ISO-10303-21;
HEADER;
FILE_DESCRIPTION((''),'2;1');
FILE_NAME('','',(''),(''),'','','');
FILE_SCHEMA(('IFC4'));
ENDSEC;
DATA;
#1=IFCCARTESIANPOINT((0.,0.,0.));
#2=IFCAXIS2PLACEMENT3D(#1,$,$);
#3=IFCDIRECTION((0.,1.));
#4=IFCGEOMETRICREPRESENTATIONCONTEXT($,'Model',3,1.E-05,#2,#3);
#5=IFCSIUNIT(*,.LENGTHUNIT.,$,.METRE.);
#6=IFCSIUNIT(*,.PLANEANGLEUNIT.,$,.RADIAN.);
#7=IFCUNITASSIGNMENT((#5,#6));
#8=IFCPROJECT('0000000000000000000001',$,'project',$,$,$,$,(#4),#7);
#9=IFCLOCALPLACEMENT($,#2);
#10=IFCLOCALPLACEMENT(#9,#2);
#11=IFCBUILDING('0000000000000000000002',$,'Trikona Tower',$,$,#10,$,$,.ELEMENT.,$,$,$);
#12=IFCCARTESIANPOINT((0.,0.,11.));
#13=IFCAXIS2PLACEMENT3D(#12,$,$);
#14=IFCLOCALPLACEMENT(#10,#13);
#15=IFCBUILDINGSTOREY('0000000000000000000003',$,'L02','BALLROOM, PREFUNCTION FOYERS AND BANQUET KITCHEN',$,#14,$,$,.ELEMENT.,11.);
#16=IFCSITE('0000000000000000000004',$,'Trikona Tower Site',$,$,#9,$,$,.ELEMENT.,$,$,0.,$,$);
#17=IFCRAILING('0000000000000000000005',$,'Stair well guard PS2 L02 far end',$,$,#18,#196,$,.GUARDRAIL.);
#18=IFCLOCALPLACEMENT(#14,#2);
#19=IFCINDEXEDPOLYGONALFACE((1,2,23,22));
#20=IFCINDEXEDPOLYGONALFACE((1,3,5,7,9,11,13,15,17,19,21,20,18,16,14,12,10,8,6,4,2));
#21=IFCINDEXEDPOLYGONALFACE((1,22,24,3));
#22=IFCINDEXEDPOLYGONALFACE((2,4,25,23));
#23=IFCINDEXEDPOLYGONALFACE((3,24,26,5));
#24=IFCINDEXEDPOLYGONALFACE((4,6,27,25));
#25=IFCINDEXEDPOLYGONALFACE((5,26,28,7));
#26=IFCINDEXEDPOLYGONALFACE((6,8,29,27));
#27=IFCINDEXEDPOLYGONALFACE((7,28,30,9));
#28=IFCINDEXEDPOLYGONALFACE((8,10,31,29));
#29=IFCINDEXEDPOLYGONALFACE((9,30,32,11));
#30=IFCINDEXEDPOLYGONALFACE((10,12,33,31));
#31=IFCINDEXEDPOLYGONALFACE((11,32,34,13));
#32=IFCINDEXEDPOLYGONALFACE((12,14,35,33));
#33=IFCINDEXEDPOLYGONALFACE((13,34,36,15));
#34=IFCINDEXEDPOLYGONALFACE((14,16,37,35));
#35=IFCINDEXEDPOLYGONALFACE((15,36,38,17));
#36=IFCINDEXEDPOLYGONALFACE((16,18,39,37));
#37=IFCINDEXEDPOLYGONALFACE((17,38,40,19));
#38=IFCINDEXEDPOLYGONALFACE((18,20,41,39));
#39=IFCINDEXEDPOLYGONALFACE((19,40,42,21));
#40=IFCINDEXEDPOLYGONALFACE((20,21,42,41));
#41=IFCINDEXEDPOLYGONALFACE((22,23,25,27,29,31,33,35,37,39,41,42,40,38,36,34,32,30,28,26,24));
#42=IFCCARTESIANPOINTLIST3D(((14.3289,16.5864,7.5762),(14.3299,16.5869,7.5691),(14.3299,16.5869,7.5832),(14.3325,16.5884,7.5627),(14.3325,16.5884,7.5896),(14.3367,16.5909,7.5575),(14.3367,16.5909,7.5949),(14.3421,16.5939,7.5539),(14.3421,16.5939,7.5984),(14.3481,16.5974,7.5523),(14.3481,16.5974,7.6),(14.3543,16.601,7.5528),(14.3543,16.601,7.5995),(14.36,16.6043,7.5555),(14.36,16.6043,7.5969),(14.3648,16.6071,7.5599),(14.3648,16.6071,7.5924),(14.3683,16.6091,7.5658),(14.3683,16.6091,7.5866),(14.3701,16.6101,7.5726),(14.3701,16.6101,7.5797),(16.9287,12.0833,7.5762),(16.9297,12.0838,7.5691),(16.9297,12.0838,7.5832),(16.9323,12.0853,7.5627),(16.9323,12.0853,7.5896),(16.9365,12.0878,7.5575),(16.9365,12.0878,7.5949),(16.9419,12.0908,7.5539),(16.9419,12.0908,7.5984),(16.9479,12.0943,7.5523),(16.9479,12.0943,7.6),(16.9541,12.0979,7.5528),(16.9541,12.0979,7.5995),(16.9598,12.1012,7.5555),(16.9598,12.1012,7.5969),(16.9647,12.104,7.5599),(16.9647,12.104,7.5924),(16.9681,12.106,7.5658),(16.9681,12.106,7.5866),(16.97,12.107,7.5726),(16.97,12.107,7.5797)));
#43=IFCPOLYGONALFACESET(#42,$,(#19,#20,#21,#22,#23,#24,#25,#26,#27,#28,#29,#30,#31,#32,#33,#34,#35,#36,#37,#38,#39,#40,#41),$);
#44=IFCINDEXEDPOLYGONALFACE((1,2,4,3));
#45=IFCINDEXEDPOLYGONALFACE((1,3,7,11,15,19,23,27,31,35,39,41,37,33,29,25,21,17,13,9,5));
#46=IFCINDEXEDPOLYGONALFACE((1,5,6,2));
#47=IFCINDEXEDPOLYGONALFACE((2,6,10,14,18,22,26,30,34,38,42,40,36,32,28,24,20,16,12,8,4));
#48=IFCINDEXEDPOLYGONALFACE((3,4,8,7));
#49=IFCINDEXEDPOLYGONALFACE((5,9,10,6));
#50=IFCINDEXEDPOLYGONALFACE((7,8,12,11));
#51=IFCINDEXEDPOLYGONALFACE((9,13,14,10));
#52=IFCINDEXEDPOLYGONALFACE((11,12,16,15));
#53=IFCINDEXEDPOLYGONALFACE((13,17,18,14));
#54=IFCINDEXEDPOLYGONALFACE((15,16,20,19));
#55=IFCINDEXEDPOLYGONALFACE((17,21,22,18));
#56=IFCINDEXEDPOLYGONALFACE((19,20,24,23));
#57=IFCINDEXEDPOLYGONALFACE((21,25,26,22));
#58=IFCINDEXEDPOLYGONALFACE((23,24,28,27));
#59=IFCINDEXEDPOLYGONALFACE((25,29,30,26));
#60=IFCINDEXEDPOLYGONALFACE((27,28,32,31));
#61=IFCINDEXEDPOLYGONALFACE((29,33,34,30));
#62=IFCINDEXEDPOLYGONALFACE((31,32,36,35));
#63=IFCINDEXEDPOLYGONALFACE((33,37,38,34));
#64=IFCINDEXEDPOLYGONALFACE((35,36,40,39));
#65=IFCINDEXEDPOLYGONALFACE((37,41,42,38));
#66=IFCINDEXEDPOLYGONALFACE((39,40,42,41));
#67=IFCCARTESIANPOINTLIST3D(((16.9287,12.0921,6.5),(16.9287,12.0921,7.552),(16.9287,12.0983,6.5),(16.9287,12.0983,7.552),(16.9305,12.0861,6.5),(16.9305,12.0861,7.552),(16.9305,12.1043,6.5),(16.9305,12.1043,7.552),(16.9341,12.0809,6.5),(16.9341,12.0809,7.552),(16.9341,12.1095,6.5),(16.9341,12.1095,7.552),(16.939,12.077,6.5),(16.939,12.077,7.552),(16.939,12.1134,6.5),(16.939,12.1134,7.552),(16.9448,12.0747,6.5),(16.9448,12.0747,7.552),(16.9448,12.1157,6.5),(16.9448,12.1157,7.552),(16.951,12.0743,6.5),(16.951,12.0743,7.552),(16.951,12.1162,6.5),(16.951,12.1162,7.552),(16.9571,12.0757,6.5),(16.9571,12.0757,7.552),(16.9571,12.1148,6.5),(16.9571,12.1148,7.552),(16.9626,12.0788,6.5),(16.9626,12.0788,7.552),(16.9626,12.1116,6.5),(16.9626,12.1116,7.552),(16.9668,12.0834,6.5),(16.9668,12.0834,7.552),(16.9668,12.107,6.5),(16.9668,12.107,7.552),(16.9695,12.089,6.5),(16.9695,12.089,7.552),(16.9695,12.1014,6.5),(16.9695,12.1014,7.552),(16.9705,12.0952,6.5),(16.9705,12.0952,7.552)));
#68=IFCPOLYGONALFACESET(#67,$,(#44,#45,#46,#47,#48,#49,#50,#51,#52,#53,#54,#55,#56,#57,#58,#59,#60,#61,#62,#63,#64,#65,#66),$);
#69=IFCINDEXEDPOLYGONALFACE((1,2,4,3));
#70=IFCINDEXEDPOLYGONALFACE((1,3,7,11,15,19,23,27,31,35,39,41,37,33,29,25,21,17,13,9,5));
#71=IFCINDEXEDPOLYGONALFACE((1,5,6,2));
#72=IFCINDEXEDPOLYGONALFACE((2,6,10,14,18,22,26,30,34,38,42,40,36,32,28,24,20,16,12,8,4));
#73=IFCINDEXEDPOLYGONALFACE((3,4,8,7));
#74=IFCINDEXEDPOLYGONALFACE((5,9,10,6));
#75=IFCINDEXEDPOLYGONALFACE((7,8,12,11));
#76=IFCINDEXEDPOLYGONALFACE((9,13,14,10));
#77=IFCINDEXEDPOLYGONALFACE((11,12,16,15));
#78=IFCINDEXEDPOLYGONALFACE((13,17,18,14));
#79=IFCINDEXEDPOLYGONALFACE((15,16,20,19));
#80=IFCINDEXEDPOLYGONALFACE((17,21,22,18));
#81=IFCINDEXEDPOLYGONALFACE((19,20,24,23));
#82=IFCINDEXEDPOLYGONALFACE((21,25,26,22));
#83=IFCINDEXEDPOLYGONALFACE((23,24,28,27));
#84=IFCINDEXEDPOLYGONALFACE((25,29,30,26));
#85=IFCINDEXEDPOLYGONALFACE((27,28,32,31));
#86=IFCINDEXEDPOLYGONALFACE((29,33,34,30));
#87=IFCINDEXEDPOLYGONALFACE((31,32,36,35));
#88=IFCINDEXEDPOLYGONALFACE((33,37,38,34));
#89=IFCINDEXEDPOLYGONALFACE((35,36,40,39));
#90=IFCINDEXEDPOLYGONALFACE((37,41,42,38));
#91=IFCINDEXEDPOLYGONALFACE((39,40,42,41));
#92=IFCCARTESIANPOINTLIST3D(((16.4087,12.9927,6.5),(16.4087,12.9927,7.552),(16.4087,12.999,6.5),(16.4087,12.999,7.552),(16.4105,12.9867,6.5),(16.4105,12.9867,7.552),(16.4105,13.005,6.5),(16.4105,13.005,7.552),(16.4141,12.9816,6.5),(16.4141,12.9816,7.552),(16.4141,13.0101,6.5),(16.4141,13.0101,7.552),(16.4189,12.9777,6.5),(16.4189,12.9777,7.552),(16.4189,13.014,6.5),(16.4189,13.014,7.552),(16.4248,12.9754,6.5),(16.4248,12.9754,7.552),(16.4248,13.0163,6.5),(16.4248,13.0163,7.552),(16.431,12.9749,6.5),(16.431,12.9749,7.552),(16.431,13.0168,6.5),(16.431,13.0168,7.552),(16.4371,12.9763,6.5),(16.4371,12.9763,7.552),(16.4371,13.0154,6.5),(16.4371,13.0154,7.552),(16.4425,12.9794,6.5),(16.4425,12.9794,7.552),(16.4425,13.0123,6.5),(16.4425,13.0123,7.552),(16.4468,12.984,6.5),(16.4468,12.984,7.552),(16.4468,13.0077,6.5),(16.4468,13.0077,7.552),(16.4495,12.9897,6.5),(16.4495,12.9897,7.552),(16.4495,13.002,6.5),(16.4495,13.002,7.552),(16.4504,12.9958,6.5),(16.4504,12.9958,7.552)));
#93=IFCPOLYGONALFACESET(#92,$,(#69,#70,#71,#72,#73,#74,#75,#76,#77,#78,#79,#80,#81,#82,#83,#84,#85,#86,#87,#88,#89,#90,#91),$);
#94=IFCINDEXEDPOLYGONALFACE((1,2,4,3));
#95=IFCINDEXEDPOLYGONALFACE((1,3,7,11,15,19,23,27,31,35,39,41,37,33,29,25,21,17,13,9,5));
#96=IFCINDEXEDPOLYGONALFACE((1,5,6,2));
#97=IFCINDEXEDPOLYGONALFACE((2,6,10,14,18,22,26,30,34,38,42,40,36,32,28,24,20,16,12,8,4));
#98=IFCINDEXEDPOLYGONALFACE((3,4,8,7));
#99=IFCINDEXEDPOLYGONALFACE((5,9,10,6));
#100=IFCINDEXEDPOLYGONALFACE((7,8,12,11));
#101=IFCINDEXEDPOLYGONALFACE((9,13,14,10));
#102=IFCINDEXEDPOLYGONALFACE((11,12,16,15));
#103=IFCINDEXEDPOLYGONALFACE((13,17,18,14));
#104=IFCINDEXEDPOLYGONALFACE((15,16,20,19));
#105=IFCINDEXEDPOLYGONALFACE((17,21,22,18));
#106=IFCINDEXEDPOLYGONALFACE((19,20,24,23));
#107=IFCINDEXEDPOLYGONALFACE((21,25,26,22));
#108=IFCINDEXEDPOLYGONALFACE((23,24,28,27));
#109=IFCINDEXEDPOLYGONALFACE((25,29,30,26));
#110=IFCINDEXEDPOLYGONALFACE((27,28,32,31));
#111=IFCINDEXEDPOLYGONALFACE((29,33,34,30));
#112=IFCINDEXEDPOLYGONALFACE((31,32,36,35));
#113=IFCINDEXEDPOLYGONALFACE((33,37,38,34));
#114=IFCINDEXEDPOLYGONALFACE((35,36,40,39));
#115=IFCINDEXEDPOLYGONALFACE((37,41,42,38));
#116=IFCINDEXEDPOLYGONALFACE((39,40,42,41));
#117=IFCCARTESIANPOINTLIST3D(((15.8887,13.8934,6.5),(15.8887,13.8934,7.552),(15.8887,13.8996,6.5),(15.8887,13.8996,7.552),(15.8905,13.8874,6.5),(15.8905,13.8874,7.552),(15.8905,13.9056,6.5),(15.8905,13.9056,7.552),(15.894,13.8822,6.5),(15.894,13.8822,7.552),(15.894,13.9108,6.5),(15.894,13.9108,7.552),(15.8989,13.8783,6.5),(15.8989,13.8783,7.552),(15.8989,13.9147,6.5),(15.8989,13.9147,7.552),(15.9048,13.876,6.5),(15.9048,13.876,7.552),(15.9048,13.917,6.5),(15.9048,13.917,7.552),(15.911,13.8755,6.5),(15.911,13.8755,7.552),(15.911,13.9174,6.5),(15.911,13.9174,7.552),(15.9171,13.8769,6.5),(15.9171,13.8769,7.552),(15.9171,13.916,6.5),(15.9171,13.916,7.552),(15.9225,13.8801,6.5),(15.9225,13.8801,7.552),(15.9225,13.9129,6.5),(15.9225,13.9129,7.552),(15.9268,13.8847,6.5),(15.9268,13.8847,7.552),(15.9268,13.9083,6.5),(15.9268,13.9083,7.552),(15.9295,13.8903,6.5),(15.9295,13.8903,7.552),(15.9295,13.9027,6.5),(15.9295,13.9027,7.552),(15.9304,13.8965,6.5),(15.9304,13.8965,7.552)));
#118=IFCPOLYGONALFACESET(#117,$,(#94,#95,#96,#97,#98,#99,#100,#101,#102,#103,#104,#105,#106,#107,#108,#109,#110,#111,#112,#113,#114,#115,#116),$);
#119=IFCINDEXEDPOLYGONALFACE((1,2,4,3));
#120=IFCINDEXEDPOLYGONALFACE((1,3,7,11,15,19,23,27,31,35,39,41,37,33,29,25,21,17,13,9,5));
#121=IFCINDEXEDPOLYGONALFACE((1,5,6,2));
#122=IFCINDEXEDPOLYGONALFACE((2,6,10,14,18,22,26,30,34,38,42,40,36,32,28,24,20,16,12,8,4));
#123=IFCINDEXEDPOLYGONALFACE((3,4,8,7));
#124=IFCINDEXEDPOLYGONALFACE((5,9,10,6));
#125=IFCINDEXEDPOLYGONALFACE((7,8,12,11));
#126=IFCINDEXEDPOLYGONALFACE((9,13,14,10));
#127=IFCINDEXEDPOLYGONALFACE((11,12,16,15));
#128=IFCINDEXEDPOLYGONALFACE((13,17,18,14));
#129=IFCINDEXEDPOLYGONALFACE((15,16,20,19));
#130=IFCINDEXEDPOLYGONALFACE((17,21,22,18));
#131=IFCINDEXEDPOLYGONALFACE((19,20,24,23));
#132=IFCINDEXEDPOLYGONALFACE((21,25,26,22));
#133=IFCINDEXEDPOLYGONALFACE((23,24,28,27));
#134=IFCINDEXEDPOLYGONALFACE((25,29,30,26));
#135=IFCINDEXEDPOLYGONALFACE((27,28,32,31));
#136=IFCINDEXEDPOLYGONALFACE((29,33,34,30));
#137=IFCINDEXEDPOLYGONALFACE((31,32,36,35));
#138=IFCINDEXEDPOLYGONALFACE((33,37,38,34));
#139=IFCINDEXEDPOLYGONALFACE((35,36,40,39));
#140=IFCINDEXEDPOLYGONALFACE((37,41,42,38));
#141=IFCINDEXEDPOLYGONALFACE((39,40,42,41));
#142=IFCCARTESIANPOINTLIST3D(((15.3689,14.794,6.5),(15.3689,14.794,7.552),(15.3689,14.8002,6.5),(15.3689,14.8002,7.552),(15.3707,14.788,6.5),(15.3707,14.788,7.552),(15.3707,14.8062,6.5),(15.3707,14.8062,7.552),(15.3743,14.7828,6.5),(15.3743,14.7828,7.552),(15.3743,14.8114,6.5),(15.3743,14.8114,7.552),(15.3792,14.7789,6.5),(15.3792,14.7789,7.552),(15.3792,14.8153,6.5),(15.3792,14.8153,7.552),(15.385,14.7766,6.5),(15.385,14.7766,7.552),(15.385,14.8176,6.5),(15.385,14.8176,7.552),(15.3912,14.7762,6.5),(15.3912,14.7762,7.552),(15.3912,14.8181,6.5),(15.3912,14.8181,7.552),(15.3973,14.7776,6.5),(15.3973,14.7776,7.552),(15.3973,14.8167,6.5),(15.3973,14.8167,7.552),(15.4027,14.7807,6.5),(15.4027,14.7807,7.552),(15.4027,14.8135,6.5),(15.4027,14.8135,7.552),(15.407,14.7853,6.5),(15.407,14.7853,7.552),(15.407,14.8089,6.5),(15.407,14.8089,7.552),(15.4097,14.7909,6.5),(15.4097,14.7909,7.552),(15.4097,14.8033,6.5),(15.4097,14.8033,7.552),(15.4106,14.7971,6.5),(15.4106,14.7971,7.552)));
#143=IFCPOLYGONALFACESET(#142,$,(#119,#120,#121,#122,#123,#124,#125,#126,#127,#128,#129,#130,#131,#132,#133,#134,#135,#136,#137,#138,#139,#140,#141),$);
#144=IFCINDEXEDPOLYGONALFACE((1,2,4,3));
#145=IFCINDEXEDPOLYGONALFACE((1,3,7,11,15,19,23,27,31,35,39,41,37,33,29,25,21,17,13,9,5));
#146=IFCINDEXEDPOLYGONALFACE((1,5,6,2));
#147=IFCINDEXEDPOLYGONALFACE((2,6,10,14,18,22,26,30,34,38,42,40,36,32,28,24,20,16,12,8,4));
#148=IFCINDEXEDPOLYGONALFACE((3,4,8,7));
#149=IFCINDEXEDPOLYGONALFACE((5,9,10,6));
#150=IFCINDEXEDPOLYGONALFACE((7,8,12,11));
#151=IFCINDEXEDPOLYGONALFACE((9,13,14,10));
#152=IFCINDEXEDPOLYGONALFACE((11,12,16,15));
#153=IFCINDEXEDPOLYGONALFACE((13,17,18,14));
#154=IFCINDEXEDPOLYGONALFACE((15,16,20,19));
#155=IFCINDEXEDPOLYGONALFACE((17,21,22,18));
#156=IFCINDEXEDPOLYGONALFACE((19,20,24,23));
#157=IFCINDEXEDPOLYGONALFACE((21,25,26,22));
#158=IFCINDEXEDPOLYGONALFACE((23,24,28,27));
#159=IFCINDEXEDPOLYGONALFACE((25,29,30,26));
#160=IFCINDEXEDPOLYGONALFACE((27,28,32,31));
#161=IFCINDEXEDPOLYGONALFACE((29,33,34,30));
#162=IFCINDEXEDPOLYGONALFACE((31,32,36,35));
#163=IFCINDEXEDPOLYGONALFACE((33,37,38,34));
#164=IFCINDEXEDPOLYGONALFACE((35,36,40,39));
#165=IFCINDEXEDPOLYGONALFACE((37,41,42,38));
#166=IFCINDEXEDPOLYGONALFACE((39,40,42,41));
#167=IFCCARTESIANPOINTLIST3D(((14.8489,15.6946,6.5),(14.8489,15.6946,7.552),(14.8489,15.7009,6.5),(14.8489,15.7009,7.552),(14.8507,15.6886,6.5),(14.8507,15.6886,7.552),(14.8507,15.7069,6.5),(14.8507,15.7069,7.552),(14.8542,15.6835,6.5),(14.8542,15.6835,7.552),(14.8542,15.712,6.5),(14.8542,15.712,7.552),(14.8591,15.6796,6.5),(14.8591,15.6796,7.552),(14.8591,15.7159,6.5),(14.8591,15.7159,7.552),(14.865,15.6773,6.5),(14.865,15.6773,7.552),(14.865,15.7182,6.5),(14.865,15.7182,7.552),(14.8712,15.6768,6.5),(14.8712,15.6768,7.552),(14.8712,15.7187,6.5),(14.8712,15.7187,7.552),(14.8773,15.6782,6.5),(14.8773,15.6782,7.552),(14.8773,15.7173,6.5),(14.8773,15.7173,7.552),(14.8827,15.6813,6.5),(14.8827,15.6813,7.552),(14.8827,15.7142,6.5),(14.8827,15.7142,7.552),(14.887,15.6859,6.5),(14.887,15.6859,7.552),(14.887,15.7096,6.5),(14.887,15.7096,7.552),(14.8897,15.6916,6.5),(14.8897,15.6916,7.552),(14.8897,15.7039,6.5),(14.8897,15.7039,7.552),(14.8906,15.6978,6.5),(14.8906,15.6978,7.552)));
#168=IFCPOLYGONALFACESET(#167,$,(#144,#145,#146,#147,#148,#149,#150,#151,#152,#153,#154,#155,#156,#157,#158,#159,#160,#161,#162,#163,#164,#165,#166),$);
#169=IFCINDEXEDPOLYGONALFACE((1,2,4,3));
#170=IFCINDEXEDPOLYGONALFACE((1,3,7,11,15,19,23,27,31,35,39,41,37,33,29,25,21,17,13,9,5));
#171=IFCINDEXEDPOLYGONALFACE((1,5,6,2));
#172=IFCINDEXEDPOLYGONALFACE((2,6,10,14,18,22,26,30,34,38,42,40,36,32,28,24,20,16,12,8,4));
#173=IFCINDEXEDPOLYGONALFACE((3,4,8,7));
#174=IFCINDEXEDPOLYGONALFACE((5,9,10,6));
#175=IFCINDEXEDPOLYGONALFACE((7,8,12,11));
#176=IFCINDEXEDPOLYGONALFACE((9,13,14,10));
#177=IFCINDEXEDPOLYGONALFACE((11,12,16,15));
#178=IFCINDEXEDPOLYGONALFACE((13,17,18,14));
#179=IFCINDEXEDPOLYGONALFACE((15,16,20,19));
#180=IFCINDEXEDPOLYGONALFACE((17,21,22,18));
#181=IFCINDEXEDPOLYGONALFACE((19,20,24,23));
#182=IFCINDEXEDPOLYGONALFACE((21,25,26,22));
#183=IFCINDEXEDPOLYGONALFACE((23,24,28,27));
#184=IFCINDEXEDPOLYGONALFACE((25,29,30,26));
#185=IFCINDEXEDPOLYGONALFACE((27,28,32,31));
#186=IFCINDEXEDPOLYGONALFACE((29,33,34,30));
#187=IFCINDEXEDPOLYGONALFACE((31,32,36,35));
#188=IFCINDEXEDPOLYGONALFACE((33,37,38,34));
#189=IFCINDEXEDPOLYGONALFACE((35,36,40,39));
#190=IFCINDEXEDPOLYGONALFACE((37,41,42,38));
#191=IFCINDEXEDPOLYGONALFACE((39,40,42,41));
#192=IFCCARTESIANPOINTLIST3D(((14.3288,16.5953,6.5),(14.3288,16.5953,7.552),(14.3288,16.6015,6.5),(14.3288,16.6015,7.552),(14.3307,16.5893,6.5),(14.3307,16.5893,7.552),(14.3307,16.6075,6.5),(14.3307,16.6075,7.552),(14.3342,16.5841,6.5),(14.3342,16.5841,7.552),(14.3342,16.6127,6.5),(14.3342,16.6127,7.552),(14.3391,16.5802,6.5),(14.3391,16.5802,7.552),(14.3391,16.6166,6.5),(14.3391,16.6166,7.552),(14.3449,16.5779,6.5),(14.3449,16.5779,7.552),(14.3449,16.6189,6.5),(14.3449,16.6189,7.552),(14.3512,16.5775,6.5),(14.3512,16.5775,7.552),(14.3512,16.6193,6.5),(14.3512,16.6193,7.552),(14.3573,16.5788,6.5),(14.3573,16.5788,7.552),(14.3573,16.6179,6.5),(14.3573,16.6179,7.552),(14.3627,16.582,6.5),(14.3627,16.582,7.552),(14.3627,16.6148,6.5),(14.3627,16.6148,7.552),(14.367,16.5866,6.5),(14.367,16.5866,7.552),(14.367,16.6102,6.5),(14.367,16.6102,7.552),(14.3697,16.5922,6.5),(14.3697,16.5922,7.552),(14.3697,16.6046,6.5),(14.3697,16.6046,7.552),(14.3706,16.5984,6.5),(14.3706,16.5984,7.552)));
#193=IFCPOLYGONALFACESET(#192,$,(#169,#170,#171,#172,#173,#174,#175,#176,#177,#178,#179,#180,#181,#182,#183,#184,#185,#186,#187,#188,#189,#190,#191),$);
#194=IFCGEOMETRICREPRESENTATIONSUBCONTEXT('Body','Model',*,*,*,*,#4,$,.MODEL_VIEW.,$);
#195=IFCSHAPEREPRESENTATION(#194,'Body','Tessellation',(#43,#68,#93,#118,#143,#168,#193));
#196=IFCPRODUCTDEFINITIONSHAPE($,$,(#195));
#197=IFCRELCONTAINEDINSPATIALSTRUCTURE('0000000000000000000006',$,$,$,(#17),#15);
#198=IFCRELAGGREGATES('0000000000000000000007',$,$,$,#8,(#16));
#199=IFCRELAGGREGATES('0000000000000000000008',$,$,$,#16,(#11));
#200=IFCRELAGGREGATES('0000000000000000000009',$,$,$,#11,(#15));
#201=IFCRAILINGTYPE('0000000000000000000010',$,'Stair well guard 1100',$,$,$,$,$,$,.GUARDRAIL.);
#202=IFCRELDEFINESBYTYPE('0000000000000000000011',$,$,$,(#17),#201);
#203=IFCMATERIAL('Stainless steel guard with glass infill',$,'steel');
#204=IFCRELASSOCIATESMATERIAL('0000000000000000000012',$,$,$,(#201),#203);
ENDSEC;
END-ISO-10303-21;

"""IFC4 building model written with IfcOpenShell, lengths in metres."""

from ifc_helpers import new_model, si_unit, direction, frame, origin, origin_2d, place, context, subcontext, project, spatial, circle, extrude, material, type_object, element, save


model = new_model("IFC4")

# Units and contexts
model_context = context("Model", 3, precision=1e-05, world=origin(), true_north=direction((0.0, 1.0)))
body_context = subcontext(model_context, "Body", "Model", "MODEL_VIEW")
ifc_project = project(units=[si_unit("LENGTHUNIT", "METRE"), si_unit("PLANEANGLEUNIT", "RADIAN")], contexts=[model_context])

# Site, building, storey
site_placement = place(None, origin())
site = spatial("IfcSite", under=ifc_project, at=site_placement, Name="Trikona Tower Site", CompositionType="ELEMENT", RefElevation=0.0)
building_placement = place(site_placement, origin())
building = spatial("IfcBuilding", under=site, at=building_placement, Name="Trikona Tower", CompositionType="ELEMENT")
storey_placement = place(building_placement, frame((0.0, 0.0, 11.0)))
storey = spatial("IfcBuildingStorey", under=building, at=storey_placement, Name="L02", Description="BALLROOM, PREFUNCTION FOYERS AND BANQUET KITCHEN", CompositionType="ELEMENT", Elevation=11.0)

# Railing
ifc_material_1 = material(Name="Stainless steel guard with glass infill", Category="steel")
railing_type_1 = type_object("IfcRailingType", Name="Stair well guard 1100", PredefinedType="GUARDRAIL", material=ifc_material_1)
railing_1_placement = place(storey_placement, frame((16.9495, 12.0952, 6.5)))
element("IfcRailing", 1, at=railing_1_placement, inside=storey, type_object=railing_type_1, Name="Stair well guard PS2 L02 far end", PredefinedType="GUARDRAIL", context=body_context, shape_type="SweptSolid", body=[
    extrude(circle(Radius=0.0239, at=origin_2d()), frame((0.0, 0.0, 1.0762), z_axis=(-0.499992, 0.86603, 0.0), x_axis=(-0.86603, -0.499992, 0.0)), (0.0, 0.0, 1.0), 5.1997),
    extrude(circle(Radius=0.021, at=origin_2d()), origin(), (0.0, 0.0, 1.0), 1.052),
    extrude(circle(Radius=0.021, at=origin_2d()), frame((-0.52, 0.9006, 0.0)), (0.0, 0.0, 1.0), 1.052),
    extrude(circle(Radius=0.021, at=origin_2d()), frame((-1.04, 1.8013, 0.0)), (0.0, 0.0, 1.0), 1.052),
    extrude(circle(Radius=0.021, at=origin_2d()), frame((-1.5598, 2.7019, 0.0)), (0.0, 0.0, 1.0), 1.052),
    extrude(circle(Radius=0.021, at=origin_2d()), frame((-2.0798, 3.6025, 0.0)), (0.0, 0.0, 1.0), 1.052),
    extrude(circle(Radius=0.021, at=origin_2d()), frame((-2.5999, 4.5032, 0.0)), (0.0, 0.0, 1.0), 1.052),
])

save(model, "model.ifc")
